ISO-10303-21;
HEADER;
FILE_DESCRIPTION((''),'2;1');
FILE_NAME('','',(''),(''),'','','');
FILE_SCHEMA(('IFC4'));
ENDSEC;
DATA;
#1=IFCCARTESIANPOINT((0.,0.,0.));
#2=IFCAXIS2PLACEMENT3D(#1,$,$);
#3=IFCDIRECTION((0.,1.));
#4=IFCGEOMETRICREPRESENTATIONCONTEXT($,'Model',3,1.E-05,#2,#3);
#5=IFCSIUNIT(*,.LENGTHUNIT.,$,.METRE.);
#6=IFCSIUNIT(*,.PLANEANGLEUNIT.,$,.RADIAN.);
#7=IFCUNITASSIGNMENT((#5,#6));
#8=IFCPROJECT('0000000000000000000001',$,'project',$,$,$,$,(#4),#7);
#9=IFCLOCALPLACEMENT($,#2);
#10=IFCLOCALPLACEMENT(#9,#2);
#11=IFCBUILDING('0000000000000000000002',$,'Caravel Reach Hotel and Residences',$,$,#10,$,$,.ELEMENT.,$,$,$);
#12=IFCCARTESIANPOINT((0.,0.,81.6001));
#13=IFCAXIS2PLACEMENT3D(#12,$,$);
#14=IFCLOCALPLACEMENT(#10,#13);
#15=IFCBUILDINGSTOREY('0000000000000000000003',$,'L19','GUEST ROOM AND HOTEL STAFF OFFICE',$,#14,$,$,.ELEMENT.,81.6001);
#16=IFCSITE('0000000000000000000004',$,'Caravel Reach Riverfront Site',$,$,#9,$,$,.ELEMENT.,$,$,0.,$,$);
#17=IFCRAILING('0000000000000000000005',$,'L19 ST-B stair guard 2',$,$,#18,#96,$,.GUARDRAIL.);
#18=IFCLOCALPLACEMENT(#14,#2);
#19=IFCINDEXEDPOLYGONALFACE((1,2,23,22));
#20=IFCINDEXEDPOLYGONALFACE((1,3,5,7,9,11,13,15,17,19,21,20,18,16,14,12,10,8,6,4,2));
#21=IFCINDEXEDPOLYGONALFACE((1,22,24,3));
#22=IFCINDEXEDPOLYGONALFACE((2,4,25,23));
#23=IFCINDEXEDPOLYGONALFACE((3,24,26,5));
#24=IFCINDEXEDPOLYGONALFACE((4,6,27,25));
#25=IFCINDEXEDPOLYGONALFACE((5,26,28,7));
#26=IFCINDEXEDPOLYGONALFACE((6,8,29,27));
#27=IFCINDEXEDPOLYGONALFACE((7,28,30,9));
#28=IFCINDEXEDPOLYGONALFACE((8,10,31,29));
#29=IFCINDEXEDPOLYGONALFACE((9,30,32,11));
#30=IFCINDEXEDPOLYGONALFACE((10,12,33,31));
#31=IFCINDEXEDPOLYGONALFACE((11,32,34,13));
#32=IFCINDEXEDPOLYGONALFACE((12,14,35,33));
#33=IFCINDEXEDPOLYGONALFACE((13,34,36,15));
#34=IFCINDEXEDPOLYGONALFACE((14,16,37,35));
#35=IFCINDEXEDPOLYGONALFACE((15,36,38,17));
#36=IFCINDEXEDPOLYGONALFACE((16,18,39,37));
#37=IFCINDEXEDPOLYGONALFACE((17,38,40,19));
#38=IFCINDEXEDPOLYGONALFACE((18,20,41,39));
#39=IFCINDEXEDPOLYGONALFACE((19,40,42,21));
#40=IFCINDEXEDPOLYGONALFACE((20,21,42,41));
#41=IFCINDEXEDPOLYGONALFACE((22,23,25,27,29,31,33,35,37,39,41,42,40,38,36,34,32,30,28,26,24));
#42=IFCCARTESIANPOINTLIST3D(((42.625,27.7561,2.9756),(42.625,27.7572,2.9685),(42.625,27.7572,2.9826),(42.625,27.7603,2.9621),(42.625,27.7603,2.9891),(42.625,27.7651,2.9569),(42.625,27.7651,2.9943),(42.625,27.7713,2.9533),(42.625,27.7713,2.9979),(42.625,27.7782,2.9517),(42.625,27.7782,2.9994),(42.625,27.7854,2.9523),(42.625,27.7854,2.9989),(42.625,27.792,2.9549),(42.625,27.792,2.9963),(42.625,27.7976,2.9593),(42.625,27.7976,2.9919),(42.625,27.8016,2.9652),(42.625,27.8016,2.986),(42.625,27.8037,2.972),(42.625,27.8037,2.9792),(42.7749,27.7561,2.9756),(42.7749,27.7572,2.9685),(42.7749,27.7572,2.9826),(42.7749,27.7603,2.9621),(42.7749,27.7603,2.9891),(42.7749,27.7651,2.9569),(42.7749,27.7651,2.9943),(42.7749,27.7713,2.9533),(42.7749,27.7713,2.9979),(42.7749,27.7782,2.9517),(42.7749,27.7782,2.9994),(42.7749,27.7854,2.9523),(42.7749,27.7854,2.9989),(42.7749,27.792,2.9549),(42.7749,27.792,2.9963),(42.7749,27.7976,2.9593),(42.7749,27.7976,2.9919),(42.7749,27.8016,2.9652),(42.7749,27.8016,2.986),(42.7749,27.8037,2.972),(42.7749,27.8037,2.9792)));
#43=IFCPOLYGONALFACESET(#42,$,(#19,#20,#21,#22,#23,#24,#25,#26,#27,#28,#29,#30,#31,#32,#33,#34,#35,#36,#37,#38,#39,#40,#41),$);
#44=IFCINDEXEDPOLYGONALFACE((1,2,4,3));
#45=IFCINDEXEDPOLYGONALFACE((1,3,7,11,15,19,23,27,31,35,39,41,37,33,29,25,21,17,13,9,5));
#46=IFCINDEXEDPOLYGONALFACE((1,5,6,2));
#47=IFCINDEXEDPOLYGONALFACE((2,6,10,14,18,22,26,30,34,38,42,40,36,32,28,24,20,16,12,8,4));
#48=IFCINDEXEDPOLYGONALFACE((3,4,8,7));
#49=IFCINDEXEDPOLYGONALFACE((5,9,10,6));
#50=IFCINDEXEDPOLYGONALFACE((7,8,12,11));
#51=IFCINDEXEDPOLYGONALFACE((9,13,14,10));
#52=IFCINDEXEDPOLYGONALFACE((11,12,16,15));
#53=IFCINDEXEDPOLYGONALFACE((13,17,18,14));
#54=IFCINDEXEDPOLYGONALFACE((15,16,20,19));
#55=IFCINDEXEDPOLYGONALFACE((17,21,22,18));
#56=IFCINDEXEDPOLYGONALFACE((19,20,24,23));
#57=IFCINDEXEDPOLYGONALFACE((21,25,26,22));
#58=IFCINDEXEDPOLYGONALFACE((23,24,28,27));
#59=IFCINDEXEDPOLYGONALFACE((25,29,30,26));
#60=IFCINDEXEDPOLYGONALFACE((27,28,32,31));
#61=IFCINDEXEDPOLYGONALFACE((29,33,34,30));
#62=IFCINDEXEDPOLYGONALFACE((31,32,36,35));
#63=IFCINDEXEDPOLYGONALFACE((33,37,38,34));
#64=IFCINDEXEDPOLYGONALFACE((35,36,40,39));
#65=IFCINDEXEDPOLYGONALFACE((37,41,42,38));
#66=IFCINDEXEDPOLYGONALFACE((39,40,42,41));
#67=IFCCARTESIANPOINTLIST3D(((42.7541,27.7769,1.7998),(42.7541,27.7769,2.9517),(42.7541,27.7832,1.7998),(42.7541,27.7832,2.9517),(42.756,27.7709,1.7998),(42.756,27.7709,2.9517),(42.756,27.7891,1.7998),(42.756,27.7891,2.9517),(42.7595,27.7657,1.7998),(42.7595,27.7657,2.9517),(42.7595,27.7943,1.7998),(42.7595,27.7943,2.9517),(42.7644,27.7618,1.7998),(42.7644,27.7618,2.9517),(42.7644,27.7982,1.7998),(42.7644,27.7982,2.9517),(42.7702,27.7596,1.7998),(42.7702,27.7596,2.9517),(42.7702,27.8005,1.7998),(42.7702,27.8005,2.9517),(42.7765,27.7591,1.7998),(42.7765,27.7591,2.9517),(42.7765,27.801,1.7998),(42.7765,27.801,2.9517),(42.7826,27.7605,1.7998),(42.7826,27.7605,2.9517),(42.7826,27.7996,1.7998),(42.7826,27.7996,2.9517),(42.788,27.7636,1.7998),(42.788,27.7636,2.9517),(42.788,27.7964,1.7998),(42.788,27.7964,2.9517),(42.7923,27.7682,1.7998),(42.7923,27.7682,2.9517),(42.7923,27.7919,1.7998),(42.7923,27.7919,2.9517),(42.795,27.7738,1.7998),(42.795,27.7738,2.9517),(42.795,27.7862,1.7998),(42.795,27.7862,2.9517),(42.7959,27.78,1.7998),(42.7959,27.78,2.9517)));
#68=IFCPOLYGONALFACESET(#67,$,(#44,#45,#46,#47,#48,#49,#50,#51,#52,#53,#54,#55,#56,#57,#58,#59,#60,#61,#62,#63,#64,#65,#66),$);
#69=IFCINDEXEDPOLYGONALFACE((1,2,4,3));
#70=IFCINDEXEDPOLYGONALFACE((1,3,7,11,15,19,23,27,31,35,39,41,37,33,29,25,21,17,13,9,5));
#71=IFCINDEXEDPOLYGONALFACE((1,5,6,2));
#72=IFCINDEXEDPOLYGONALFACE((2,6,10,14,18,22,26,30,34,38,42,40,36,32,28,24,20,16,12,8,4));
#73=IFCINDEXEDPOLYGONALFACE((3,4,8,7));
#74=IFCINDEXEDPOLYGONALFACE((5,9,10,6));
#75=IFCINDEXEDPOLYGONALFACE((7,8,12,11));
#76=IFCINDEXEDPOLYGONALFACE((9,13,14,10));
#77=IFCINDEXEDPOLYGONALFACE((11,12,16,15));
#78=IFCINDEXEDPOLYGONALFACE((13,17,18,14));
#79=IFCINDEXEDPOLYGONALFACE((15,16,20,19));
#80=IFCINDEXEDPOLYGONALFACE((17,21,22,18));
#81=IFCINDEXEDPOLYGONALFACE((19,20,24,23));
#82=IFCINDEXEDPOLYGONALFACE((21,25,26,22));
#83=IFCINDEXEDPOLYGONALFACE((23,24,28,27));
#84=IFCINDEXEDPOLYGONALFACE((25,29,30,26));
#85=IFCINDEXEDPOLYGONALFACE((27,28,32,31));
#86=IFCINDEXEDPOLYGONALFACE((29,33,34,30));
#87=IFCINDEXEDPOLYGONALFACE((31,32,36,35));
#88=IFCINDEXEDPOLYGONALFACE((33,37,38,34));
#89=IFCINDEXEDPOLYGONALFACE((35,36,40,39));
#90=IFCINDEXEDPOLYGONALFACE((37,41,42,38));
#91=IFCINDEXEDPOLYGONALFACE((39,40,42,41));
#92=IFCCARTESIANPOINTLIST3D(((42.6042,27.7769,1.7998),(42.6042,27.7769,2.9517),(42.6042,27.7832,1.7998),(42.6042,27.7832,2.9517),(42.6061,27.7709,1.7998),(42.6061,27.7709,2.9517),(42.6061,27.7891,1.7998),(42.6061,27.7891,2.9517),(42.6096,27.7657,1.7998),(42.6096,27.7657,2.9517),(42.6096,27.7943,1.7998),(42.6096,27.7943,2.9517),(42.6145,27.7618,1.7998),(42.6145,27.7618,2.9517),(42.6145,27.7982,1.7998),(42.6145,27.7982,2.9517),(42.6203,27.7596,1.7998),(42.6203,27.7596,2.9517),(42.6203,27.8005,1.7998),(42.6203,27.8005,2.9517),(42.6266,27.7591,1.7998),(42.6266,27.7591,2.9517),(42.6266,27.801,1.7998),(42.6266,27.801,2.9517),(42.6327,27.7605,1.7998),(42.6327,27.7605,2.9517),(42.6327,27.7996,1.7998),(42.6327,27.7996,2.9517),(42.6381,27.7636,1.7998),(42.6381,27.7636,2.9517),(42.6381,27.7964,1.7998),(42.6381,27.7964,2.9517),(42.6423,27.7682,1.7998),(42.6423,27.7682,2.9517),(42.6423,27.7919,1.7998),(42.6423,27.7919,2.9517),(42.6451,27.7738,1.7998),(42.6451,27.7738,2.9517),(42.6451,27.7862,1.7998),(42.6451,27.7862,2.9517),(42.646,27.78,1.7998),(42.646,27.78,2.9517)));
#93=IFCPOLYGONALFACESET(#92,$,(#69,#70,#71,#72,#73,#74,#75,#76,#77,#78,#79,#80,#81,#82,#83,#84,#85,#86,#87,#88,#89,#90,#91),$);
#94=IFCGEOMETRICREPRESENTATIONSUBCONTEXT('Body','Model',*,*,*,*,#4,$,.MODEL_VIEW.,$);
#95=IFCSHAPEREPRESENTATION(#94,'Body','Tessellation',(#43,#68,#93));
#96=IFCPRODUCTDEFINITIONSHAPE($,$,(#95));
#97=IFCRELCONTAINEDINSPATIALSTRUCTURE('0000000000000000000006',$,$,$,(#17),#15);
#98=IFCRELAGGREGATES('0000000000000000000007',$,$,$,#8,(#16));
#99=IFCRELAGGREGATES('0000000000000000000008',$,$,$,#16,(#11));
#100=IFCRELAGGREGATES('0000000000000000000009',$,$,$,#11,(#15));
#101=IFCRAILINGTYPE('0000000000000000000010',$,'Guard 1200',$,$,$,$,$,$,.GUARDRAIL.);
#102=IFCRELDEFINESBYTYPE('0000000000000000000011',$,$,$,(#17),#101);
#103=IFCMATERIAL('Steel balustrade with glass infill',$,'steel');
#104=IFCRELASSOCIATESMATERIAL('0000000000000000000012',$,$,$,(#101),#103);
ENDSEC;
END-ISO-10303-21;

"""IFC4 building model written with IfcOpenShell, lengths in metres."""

from ifc_helpers import new_model, si_unit, direction, frame, origin, origin_2d, place, context, subcontext, project, spatial, circle, extrude, material, type_object, element, save


model = new_model("IFC4")

# Units and contexts
model_context = context("Model", 3, precision=1e-05, world=origin(), true_north=direction((0.0, 1.0)))
body_context = subcontext(model_context, "Body", "Model", "MODEL_VIEW")
ifc_project = project(units=[si_unit("LENGTHUNIT", "METRE"), si_unit("PLANEANGLEUNIT", "RADIAN")], contexts=[model_context])

# Site, building, storey
site_placement = place(None, origin())
site = spatial("IfcSite", under=ifc_project, at=site_placement, Name="Caravel Reach Riverfront Site", CompositionType="ELEMENT", RefElevation=0.0)
building_placement = place(site_placement, origin())
building = spatial("IfcBuilding", under=site, at=building_placement, Name="Caravel Reach Hotel and Residences", CompositionType="ELEMENT")
storey_placement = place(building_placement, frame((0.0, 0.0, 81.6001)))
storey = spatial("IfcBuildingStorey", under=building, at=storey_placement, Name="L19", Description="GUEST ROOM AND HOTEL STAFF OFFICE", CompositionType="ELEMENT", Elevation=81.6001)

# Railing
ifc_material_1 = material(Name="Steel balustrade with glass infill", Category="steel")
railing_type_1 = type_object("IfcRailingType", Name="Guard 1200", PredefinedType="GUARDRAIL", material=ifc_material_1)
railing_1_placement = place(storey_placement, frame((42.7749, 27.78, 1.7998)))
element("IfcRailing", 1, at=railing_1_placement, inside=storey, type_object=railing_type_1, Name="L19 ST-B stair guard 2", PredefinedType="GUARDRAIL", context=body_context, shape_type="SweptSolid", body=[
    extrude(circle(Radius=0.0239, at=origin_2d()), frame((0.0, 0.0, 1.1758), z_axis=(-1.0, 0.0, 0.0), x_axis=(0.0, -1.0, 0.0)), (0.0, 0.0, 1.0), 0.1499),
    extrude(circle(Radius=0.021, at=origin_2d()), origin(), (0.0, 0.0, 1.0), 1.1519),
    extrude(circle(Radius=0.021, at=origin_2d()), frame((-0.1499, 0.0, 0.0)), (0.0, 0.0, 1.0), 1.1519),
])

save(model, "model.ifc")
